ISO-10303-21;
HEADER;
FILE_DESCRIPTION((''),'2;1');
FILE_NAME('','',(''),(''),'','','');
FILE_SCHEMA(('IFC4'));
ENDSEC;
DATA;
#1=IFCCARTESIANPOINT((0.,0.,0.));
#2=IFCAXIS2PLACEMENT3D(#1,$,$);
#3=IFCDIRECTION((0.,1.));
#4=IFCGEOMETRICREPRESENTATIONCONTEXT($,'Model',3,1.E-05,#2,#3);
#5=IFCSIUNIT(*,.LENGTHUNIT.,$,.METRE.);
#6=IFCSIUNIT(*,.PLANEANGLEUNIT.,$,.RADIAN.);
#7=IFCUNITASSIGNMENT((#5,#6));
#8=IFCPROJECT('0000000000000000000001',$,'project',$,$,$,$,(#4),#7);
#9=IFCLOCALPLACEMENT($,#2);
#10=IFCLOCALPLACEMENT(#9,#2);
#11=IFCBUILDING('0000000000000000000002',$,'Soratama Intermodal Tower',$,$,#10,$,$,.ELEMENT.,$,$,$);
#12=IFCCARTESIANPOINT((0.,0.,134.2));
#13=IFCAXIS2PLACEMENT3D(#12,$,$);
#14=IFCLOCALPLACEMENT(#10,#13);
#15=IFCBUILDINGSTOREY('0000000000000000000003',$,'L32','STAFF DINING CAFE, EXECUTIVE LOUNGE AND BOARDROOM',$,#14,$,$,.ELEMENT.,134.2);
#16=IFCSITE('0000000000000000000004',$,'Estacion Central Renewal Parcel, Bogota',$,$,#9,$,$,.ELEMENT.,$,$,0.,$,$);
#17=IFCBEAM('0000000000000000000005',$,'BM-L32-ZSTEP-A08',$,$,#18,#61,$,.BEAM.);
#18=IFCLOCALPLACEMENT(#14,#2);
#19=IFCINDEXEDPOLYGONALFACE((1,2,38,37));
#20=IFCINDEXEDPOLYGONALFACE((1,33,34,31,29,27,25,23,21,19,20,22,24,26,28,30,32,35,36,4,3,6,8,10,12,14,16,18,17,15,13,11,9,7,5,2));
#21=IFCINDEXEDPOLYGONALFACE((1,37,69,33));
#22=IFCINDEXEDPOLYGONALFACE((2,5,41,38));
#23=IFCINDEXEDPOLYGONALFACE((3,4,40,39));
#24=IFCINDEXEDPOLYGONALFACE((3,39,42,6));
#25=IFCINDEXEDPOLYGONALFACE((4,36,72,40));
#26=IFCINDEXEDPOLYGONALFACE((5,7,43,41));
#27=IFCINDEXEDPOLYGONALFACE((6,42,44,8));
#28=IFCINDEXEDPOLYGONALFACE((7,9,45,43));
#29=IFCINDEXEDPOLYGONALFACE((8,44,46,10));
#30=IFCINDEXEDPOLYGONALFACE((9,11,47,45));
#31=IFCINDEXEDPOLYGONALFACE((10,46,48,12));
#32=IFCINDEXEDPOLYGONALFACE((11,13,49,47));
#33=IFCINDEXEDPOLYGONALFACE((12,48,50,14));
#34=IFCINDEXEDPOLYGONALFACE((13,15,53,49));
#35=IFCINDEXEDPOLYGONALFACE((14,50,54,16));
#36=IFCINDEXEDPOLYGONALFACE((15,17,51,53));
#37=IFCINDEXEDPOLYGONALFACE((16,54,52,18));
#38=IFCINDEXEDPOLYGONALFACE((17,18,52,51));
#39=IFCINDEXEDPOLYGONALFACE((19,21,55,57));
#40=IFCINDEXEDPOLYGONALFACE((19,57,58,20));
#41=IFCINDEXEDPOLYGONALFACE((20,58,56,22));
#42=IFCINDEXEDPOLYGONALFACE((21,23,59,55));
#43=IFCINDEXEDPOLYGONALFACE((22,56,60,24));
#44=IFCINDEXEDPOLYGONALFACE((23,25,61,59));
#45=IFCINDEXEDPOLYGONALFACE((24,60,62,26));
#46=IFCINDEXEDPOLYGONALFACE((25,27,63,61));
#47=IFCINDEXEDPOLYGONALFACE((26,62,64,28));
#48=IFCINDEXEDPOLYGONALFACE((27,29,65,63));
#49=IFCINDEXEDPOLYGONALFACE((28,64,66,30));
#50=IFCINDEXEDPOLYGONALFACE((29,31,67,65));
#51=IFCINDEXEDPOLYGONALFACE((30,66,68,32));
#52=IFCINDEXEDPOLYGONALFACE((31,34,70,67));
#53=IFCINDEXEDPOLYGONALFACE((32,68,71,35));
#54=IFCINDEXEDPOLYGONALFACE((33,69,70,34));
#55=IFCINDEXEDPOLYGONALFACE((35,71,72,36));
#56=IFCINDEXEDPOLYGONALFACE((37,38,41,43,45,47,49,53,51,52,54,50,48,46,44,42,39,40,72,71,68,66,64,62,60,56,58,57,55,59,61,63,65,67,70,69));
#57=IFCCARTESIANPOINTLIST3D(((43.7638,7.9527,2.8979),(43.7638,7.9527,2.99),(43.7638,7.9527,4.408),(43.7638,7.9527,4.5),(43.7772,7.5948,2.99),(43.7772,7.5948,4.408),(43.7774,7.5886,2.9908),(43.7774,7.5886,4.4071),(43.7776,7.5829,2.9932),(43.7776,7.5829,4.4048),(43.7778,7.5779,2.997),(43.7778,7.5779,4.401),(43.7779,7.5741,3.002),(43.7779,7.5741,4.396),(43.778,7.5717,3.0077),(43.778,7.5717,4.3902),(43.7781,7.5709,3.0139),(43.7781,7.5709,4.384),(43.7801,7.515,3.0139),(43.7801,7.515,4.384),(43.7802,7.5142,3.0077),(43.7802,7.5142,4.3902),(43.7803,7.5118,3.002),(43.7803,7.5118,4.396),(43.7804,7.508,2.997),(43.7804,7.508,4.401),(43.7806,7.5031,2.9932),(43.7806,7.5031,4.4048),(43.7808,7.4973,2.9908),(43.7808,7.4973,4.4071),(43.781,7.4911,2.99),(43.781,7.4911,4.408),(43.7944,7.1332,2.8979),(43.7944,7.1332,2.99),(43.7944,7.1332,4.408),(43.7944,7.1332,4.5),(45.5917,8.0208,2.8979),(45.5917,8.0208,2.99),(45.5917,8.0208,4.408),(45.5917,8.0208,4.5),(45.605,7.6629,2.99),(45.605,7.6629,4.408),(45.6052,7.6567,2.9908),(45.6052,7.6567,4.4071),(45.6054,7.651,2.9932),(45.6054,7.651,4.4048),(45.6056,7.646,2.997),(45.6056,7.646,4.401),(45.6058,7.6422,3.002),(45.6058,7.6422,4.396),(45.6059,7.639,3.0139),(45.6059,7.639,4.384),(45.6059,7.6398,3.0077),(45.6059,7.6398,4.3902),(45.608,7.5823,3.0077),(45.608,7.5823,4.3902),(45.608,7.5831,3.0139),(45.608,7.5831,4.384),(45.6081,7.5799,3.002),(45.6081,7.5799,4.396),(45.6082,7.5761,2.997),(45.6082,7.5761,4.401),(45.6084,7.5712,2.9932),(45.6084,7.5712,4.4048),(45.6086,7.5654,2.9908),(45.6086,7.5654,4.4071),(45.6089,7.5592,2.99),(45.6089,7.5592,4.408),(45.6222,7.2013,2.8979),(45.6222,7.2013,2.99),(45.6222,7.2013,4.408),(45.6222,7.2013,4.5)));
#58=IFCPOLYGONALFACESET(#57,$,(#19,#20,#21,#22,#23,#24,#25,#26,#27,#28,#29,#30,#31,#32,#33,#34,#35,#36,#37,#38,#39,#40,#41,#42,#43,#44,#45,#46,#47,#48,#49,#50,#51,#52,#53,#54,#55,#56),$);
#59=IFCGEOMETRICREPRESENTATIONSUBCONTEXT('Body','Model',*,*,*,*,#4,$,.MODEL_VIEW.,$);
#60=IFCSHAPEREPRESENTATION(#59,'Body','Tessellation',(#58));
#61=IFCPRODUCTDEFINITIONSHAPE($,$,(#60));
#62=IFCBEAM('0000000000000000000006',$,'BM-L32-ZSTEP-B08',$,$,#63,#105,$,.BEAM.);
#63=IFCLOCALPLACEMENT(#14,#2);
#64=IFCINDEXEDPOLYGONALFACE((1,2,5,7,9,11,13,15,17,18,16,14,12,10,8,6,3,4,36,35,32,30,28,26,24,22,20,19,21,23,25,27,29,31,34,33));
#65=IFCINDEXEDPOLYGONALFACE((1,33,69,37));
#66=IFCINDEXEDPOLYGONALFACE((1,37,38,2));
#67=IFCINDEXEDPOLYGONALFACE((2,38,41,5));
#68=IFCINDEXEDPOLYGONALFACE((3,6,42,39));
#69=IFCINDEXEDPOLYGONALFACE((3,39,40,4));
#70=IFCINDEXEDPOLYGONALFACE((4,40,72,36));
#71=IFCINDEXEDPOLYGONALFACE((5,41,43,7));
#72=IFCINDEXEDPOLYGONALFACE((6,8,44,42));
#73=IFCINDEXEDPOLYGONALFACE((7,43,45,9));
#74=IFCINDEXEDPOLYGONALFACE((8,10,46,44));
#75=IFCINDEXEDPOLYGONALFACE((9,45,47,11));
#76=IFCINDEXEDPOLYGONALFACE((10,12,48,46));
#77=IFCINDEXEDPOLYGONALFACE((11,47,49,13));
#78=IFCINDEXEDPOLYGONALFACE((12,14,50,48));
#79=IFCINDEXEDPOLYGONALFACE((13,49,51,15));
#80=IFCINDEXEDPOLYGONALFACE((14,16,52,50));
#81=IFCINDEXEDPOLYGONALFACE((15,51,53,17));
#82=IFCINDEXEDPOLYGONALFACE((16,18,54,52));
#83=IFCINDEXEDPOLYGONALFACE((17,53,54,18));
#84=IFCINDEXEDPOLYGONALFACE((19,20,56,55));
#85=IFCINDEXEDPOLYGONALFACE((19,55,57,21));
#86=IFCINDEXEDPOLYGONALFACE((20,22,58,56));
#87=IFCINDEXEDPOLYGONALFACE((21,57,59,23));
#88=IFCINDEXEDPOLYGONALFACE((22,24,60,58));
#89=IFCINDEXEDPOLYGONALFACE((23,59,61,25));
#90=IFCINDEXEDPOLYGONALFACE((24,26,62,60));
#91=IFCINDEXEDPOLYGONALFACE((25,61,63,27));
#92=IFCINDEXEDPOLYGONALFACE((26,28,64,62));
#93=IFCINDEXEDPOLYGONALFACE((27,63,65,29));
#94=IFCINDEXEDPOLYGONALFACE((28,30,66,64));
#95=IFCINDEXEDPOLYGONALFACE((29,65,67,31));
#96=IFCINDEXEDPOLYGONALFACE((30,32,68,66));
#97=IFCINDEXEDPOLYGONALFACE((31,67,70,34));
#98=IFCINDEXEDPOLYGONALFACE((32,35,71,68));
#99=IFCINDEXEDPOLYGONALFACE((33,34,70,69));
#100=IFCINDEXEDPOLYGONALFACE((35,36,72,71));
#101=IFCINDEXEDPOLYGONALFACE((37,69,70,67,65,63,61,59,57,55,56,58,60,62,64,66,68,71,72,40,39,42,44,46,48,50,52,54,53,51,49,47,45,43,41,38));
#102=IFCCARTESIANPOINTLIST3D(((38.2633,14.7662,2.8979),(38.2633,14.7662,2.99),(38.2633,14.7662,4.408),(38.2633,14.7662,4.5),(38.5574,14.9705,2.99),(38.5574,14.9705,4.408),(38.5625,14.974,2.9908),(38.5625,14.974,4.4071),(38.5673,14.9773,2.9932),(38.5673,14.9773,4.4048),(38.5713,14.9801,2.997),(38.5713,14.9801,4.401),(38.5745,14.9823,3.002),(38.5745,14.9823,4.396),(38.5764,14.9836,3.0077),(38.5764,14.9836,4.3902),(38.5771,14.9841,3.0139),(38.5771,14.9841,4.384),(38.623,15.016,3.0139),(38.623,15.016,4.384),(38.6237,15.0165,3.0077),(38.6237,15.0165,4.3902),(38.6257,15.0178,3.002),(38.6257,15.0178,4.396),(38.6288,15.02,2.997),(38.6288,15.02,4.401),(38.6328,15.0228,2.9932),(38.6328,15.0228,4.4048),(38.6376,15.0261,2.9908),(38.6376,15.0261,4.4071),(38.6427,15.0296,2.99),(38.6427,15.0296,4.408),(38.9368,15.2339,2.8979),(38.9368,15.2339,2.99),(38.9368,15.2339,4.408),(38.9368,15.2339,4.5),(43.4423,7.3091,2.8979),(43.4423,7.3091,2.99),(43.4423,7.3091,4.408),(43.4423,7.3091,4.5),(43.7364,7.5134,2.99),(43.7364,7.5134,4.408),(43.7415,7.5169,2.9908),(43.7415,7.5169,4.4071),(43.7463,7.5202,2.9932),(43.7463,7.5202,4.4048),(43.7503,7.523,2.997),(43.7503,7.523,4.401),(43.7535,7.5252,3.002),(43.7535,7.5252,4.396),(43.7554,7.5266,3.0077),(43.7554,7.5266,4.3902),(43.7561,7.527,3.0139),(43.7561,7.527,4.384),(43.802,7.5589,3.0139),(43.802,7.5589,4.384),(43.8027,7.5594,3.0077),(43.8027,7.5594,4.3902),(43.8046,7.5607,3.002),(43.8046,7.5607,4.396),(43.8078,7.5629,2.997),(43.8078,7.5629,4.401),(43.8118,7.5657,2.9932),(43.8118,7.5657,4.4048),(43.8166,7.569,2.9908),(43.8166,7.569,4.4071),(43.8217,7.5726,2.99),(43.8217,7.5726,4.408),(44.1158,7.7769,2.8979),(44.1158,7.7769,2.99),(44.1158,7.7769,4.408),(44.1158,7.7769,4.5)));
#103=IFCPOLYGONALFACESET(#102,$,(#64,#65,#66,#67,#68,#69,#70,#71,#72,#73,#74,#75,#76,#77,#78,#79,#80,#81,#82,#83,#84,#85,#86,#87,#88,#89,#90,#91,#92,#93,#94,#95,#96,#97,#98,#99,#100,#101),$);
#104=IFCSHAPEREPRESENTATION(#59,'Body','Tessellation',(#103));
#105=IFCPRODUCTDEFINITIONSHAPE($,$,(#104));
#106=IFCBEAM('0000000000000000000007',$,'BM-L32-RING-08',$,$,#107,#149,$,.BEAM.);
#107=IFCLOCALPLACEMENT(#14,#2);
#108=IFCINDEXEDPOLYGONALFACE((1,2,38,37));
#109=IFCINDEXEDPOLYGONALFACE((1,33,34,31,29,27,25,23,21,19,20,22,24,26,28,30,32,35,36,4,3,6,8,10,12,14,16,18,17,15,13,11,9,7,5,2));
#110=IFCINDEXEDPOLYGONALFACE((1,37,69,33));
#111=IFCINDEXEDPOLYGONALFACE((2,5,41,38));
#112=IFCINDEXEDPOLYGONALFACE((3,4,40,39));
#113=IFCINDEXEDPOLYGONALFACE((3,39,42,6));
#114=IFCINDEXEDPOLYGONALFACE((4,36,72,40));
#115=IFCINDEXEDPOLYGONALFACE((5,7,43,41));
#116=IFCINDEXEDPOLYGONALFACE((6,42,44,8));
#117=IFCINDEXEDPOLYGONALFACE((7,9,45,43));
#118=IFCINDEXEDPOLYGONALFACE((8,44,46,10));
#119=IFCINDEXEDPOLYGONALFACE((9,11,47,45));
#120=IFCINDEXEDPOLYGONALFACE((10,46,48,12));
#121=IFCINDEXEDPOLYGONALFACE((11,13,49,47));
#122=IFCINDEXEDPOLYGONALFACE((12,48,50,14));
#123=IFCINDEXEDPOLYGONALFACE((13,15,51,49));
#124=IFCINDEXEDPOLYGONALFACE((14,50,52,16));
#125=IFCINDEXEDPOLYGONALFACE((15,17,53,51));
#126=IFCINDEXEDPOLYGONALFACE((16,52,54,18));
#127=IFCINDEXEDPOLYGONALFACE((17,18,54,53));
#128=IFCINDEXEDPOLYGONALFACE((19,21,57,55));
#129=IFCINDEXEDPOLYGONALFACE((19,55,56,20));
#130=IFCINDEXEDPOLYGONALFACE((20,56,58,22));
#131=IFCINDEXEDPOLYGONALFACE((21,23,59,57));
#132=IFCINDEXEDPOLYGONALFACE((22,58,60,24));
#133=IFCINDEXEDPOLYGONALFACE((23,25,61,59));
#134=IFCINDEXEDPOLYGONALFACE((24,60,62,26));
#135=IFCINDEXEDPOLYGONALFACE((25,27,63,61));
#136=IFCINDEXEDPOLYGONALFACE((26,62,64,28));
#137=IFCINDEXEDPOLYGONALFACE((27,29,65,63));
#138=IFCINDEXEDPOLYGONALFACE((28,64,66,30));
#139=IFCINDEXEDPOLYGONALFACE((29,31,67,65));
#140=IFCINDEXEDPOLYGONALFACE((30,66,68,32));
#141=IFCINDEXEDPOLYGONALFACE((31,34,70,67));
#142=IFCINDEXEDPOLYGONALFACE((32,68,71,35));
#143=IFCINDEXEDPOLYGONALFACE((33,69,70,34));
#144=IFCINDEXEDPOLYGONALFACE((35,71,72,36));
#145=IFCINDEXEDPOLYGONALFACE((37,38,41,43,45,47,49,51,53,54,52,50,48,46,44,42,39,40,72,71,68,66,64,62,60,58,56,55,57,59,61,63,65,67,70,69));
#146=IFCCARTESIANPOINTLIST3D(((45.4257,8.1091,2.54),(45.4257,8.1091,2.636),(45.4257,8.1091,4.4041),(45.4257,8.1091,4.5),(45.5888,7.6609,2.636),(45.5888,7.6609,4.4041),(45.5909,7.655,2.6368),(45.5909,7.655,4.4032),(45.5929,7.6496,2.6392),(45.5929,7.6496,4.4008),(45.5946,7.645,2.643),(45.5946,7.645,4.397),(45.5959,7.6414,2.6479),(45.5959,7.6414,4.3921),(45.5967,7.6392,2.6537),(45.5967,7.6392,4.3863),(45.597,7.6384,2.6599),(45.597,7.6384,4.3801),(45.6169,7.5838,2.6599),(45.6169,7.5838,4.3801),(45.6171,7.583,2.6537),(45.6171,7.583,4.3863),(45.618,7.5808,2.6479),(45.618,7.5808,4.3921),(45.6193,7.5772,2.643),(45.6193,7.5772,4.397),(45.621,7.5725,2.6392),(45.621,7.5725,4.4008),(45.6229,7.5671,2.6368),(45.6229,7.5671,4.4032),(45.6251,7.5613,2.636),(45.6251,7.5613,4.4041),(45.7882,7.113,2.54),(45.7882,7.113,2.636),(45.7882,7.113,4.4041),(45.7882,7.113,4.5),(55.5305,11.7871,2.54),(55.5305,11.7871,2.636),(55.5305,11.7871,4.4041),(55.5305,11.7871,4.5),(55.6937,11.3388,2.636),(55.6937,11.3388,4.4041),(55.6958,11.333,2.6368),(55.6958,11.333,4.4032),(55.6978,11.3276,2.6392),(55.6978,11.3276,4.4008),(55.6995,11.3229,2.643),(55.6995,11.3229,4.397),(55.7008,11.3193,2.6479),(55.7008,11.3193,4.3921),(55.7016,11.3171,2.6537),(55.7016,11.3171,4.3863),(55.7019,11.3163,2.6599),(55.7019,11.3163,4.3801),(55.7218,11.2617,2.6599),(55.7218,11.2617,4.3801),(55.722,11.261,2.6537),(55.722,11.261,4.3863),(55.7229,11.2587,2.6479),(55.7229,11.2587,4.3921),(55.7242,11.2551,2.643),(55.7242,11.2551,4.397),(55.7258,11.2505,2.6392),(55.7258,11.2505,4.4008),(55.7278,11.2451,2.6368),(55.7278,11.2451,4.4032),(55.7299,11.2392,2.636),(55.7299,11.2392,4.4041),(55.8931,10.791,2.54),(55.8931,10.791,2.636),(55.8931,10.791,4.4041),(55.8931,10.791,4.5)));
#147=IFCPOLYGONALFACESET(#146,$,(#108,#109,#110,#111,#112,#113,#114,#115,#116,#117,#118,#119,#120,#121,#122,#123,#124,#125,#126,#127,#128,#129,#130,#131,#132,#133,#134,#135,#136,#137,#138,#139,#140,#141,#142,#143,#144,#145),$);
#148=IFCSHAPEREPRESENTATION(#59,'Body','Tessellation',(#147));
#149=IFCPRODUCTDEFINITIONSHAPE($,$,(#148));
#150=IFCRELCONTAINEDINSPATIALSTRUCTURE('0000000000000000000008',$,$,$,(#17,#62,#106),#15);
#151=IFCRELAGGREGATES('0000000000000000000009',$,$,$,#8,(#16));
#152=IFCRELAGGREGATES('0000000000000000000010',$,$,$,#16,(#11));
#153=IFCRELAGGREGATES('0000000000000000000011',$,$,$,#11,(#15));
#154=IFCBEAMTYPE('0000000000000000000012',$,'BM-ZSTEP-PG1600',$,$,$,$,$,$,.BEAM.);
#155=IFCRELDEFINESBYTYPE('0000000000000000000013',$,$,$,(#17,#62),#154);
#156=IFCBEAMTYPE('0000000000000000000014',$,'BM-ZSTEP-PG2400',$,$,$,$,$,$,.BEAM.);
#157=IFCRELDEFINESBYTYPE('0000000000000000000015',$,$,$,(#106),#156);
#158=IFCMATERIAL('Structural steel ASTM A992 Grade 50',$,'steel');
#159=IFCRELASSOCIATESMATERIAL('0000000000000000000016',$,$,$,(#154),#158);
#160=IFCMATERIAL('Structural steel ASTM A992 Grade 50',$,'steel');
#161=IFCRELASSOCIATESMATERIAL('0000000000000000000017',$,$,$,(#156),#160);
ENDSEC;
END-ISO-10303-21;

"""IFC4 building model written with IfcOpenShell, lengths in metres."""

from ifc_helpers import new_model, si_unit, direction, frame, origin, origin_2d, place, context, subcontext, project, spatial, i_section, extrude, material, material_profile, profile_set, type_object, element, save


model = new_model("IFC4")

# Units and contexts
model_context = context("Model", 3, precision=1e-05, world=origin(), true_north=direction((0.0, 1.0)))
body_context = subcontext(model_context, "Body", "Model", "MODEL_VIEW")
ifc_project = project(units=[si_unit("LENGTHUNIT", "METRE"), si_unit("PLANEANGLEUNIT", "RADIAN")], contexts=[model_context])

# Site, building, storey
site_placement = place(None, origin())
site = spatial("IfcSite", under=ifc_project, at=site_placement, Name="Estacion Central Renewal Parcel, Bogota", CompositionType="ELEMENT", RefElevation=0.0)
building_placement = place(site_placement, origin())
building = spatial("IfcBuilding", under=site, at=building_placement, Name="Soratama Intermodal Tower", CompositionType="ELEMENT")
storey_placement = place(building_placement, frame((0.0, 0.0, 134.2)))
storey = spatial("IfcBuildingStorey", under=building, at=storey_placement, Name="L32", Description="STAFF DINING CAFE, EXECUTIVE LOUNGE AND BOARDROOM", CompositionType="ELEMENT", Elevation=134.2)

# Beams
ifc_material_1 = material(Name="Structural steel ASTM A992 Grade 50", Category="steel")
ifc_material_profile_1 = material_profile(ifc_material_1, i_section(OverallWidth=0.8201, OverallDepth=1.6021, WebThickness=0.0559, FlangeThickness=0.092, FilletRadius=0.0239, at=origin_2d()), Name="PG1600X650")
ifc_profile_set_1 = profile_set([ifc_material_profile_1], Name="Structural steel ASTM A992 Grade 50")
beam_type_1 = type_object("IfcBeamType", Name="BM-ZSTEP-PG1600", PredefinedType="BEAM", material=ifc_profile_set_1)
beam_1_placement = place(storey_placement, frame((45.6069, 7.6111, 3.699), z_axis=(-0.999306, -0.037239, 0.0), x_axis=(0.037239, -0.999306, 0.0)))
element("IfcBeam", 1, at=beam_1_placement, inside=storey, type_object=beam_type_1, Name="BM-L32-ZSTEP-A08", PredefinedType="BEAM", context=body_context, shape_type="SweptSolid", body=[
    extrude(i_section(OverallWidth=0.8201, OverallDepth=1.6021, WebThickness=0.0559, FlangeThickness=0.092, FilletRadius=0.0239, at=origin_2d()), origin(), (0.0, 0.0, 1.0), 1.8291),
])
beam_2_placement = place(storey_placement, frame((43.7791, 7.543, 3.699), z_axis=(-0.57043, 0.821346, 0.0), x_axis=(-0.821346, -0.57043, 0.0)))
element("IfcBeam", 2, at=beam_2_placement, inside=storey, type_object=beam_type_1, Name="BM-L32-ZSTEP-B08", PredefinedType="BEAM", context=body_context, shape_type="SweptSolid", body=[
    extrude(i_section(OverallWidth=0.8201, OverallDepth=1.6021, WebThickness=0.0559, FlangeThickness=0.092, FilletRadius=0.0239, at=origin_2d()), origin(), (0.0, 0.0, 1.0), 9.0791),
])
ifc_material_2 = material(Name="Structural steel ASTM A992 Grade 50", Category="steel")
ifc_material_profile_2 = material_profile(ifc_material_2, i_section(OverallWidth=1.0601, OverallDepth=1.96, WebThickness=0.0581, FlangeThickness=0.0959, FilletRadius=0.0239, at=origin_2d()), Name="PG2400X900")
ifc_profile_set_2 = profile_set([ifc_material_profile_2], Name="Structural steel ASTM A992 Grade 50")
beam_type_2 = type_object("IfcBeamType", Name="BM-ZSTEP-PG2400", PredefinedType="BEAM", material=ifc_profile_set_2)
beam_3_placement = place(storey_placement, frame((45.6069, 7.6111, 3.52), z_axis=(0.939691, 0.342026, 0.0), x_axis=(-0.342026, 0.939691, 0.0)))
element("IfcBeam", 3, at=beam_3_placement, inside=storey, type_object=beam_type_2, Name="BM-L32-RING-08", PredefinedType="BEAM", context=body_context, shape_type="SweptSolid", body=[
    extrude(i_section(OverallWidth=1.0601, OverallDepth=1.96, WebThickness=0.0581, FlangeThickness=0.0959, FilletRadius=0.0239, at=origin_2d()), origin(), (0.0, 0.0, 1.0), 10.7534),
])

save(model, "model.ifc")
